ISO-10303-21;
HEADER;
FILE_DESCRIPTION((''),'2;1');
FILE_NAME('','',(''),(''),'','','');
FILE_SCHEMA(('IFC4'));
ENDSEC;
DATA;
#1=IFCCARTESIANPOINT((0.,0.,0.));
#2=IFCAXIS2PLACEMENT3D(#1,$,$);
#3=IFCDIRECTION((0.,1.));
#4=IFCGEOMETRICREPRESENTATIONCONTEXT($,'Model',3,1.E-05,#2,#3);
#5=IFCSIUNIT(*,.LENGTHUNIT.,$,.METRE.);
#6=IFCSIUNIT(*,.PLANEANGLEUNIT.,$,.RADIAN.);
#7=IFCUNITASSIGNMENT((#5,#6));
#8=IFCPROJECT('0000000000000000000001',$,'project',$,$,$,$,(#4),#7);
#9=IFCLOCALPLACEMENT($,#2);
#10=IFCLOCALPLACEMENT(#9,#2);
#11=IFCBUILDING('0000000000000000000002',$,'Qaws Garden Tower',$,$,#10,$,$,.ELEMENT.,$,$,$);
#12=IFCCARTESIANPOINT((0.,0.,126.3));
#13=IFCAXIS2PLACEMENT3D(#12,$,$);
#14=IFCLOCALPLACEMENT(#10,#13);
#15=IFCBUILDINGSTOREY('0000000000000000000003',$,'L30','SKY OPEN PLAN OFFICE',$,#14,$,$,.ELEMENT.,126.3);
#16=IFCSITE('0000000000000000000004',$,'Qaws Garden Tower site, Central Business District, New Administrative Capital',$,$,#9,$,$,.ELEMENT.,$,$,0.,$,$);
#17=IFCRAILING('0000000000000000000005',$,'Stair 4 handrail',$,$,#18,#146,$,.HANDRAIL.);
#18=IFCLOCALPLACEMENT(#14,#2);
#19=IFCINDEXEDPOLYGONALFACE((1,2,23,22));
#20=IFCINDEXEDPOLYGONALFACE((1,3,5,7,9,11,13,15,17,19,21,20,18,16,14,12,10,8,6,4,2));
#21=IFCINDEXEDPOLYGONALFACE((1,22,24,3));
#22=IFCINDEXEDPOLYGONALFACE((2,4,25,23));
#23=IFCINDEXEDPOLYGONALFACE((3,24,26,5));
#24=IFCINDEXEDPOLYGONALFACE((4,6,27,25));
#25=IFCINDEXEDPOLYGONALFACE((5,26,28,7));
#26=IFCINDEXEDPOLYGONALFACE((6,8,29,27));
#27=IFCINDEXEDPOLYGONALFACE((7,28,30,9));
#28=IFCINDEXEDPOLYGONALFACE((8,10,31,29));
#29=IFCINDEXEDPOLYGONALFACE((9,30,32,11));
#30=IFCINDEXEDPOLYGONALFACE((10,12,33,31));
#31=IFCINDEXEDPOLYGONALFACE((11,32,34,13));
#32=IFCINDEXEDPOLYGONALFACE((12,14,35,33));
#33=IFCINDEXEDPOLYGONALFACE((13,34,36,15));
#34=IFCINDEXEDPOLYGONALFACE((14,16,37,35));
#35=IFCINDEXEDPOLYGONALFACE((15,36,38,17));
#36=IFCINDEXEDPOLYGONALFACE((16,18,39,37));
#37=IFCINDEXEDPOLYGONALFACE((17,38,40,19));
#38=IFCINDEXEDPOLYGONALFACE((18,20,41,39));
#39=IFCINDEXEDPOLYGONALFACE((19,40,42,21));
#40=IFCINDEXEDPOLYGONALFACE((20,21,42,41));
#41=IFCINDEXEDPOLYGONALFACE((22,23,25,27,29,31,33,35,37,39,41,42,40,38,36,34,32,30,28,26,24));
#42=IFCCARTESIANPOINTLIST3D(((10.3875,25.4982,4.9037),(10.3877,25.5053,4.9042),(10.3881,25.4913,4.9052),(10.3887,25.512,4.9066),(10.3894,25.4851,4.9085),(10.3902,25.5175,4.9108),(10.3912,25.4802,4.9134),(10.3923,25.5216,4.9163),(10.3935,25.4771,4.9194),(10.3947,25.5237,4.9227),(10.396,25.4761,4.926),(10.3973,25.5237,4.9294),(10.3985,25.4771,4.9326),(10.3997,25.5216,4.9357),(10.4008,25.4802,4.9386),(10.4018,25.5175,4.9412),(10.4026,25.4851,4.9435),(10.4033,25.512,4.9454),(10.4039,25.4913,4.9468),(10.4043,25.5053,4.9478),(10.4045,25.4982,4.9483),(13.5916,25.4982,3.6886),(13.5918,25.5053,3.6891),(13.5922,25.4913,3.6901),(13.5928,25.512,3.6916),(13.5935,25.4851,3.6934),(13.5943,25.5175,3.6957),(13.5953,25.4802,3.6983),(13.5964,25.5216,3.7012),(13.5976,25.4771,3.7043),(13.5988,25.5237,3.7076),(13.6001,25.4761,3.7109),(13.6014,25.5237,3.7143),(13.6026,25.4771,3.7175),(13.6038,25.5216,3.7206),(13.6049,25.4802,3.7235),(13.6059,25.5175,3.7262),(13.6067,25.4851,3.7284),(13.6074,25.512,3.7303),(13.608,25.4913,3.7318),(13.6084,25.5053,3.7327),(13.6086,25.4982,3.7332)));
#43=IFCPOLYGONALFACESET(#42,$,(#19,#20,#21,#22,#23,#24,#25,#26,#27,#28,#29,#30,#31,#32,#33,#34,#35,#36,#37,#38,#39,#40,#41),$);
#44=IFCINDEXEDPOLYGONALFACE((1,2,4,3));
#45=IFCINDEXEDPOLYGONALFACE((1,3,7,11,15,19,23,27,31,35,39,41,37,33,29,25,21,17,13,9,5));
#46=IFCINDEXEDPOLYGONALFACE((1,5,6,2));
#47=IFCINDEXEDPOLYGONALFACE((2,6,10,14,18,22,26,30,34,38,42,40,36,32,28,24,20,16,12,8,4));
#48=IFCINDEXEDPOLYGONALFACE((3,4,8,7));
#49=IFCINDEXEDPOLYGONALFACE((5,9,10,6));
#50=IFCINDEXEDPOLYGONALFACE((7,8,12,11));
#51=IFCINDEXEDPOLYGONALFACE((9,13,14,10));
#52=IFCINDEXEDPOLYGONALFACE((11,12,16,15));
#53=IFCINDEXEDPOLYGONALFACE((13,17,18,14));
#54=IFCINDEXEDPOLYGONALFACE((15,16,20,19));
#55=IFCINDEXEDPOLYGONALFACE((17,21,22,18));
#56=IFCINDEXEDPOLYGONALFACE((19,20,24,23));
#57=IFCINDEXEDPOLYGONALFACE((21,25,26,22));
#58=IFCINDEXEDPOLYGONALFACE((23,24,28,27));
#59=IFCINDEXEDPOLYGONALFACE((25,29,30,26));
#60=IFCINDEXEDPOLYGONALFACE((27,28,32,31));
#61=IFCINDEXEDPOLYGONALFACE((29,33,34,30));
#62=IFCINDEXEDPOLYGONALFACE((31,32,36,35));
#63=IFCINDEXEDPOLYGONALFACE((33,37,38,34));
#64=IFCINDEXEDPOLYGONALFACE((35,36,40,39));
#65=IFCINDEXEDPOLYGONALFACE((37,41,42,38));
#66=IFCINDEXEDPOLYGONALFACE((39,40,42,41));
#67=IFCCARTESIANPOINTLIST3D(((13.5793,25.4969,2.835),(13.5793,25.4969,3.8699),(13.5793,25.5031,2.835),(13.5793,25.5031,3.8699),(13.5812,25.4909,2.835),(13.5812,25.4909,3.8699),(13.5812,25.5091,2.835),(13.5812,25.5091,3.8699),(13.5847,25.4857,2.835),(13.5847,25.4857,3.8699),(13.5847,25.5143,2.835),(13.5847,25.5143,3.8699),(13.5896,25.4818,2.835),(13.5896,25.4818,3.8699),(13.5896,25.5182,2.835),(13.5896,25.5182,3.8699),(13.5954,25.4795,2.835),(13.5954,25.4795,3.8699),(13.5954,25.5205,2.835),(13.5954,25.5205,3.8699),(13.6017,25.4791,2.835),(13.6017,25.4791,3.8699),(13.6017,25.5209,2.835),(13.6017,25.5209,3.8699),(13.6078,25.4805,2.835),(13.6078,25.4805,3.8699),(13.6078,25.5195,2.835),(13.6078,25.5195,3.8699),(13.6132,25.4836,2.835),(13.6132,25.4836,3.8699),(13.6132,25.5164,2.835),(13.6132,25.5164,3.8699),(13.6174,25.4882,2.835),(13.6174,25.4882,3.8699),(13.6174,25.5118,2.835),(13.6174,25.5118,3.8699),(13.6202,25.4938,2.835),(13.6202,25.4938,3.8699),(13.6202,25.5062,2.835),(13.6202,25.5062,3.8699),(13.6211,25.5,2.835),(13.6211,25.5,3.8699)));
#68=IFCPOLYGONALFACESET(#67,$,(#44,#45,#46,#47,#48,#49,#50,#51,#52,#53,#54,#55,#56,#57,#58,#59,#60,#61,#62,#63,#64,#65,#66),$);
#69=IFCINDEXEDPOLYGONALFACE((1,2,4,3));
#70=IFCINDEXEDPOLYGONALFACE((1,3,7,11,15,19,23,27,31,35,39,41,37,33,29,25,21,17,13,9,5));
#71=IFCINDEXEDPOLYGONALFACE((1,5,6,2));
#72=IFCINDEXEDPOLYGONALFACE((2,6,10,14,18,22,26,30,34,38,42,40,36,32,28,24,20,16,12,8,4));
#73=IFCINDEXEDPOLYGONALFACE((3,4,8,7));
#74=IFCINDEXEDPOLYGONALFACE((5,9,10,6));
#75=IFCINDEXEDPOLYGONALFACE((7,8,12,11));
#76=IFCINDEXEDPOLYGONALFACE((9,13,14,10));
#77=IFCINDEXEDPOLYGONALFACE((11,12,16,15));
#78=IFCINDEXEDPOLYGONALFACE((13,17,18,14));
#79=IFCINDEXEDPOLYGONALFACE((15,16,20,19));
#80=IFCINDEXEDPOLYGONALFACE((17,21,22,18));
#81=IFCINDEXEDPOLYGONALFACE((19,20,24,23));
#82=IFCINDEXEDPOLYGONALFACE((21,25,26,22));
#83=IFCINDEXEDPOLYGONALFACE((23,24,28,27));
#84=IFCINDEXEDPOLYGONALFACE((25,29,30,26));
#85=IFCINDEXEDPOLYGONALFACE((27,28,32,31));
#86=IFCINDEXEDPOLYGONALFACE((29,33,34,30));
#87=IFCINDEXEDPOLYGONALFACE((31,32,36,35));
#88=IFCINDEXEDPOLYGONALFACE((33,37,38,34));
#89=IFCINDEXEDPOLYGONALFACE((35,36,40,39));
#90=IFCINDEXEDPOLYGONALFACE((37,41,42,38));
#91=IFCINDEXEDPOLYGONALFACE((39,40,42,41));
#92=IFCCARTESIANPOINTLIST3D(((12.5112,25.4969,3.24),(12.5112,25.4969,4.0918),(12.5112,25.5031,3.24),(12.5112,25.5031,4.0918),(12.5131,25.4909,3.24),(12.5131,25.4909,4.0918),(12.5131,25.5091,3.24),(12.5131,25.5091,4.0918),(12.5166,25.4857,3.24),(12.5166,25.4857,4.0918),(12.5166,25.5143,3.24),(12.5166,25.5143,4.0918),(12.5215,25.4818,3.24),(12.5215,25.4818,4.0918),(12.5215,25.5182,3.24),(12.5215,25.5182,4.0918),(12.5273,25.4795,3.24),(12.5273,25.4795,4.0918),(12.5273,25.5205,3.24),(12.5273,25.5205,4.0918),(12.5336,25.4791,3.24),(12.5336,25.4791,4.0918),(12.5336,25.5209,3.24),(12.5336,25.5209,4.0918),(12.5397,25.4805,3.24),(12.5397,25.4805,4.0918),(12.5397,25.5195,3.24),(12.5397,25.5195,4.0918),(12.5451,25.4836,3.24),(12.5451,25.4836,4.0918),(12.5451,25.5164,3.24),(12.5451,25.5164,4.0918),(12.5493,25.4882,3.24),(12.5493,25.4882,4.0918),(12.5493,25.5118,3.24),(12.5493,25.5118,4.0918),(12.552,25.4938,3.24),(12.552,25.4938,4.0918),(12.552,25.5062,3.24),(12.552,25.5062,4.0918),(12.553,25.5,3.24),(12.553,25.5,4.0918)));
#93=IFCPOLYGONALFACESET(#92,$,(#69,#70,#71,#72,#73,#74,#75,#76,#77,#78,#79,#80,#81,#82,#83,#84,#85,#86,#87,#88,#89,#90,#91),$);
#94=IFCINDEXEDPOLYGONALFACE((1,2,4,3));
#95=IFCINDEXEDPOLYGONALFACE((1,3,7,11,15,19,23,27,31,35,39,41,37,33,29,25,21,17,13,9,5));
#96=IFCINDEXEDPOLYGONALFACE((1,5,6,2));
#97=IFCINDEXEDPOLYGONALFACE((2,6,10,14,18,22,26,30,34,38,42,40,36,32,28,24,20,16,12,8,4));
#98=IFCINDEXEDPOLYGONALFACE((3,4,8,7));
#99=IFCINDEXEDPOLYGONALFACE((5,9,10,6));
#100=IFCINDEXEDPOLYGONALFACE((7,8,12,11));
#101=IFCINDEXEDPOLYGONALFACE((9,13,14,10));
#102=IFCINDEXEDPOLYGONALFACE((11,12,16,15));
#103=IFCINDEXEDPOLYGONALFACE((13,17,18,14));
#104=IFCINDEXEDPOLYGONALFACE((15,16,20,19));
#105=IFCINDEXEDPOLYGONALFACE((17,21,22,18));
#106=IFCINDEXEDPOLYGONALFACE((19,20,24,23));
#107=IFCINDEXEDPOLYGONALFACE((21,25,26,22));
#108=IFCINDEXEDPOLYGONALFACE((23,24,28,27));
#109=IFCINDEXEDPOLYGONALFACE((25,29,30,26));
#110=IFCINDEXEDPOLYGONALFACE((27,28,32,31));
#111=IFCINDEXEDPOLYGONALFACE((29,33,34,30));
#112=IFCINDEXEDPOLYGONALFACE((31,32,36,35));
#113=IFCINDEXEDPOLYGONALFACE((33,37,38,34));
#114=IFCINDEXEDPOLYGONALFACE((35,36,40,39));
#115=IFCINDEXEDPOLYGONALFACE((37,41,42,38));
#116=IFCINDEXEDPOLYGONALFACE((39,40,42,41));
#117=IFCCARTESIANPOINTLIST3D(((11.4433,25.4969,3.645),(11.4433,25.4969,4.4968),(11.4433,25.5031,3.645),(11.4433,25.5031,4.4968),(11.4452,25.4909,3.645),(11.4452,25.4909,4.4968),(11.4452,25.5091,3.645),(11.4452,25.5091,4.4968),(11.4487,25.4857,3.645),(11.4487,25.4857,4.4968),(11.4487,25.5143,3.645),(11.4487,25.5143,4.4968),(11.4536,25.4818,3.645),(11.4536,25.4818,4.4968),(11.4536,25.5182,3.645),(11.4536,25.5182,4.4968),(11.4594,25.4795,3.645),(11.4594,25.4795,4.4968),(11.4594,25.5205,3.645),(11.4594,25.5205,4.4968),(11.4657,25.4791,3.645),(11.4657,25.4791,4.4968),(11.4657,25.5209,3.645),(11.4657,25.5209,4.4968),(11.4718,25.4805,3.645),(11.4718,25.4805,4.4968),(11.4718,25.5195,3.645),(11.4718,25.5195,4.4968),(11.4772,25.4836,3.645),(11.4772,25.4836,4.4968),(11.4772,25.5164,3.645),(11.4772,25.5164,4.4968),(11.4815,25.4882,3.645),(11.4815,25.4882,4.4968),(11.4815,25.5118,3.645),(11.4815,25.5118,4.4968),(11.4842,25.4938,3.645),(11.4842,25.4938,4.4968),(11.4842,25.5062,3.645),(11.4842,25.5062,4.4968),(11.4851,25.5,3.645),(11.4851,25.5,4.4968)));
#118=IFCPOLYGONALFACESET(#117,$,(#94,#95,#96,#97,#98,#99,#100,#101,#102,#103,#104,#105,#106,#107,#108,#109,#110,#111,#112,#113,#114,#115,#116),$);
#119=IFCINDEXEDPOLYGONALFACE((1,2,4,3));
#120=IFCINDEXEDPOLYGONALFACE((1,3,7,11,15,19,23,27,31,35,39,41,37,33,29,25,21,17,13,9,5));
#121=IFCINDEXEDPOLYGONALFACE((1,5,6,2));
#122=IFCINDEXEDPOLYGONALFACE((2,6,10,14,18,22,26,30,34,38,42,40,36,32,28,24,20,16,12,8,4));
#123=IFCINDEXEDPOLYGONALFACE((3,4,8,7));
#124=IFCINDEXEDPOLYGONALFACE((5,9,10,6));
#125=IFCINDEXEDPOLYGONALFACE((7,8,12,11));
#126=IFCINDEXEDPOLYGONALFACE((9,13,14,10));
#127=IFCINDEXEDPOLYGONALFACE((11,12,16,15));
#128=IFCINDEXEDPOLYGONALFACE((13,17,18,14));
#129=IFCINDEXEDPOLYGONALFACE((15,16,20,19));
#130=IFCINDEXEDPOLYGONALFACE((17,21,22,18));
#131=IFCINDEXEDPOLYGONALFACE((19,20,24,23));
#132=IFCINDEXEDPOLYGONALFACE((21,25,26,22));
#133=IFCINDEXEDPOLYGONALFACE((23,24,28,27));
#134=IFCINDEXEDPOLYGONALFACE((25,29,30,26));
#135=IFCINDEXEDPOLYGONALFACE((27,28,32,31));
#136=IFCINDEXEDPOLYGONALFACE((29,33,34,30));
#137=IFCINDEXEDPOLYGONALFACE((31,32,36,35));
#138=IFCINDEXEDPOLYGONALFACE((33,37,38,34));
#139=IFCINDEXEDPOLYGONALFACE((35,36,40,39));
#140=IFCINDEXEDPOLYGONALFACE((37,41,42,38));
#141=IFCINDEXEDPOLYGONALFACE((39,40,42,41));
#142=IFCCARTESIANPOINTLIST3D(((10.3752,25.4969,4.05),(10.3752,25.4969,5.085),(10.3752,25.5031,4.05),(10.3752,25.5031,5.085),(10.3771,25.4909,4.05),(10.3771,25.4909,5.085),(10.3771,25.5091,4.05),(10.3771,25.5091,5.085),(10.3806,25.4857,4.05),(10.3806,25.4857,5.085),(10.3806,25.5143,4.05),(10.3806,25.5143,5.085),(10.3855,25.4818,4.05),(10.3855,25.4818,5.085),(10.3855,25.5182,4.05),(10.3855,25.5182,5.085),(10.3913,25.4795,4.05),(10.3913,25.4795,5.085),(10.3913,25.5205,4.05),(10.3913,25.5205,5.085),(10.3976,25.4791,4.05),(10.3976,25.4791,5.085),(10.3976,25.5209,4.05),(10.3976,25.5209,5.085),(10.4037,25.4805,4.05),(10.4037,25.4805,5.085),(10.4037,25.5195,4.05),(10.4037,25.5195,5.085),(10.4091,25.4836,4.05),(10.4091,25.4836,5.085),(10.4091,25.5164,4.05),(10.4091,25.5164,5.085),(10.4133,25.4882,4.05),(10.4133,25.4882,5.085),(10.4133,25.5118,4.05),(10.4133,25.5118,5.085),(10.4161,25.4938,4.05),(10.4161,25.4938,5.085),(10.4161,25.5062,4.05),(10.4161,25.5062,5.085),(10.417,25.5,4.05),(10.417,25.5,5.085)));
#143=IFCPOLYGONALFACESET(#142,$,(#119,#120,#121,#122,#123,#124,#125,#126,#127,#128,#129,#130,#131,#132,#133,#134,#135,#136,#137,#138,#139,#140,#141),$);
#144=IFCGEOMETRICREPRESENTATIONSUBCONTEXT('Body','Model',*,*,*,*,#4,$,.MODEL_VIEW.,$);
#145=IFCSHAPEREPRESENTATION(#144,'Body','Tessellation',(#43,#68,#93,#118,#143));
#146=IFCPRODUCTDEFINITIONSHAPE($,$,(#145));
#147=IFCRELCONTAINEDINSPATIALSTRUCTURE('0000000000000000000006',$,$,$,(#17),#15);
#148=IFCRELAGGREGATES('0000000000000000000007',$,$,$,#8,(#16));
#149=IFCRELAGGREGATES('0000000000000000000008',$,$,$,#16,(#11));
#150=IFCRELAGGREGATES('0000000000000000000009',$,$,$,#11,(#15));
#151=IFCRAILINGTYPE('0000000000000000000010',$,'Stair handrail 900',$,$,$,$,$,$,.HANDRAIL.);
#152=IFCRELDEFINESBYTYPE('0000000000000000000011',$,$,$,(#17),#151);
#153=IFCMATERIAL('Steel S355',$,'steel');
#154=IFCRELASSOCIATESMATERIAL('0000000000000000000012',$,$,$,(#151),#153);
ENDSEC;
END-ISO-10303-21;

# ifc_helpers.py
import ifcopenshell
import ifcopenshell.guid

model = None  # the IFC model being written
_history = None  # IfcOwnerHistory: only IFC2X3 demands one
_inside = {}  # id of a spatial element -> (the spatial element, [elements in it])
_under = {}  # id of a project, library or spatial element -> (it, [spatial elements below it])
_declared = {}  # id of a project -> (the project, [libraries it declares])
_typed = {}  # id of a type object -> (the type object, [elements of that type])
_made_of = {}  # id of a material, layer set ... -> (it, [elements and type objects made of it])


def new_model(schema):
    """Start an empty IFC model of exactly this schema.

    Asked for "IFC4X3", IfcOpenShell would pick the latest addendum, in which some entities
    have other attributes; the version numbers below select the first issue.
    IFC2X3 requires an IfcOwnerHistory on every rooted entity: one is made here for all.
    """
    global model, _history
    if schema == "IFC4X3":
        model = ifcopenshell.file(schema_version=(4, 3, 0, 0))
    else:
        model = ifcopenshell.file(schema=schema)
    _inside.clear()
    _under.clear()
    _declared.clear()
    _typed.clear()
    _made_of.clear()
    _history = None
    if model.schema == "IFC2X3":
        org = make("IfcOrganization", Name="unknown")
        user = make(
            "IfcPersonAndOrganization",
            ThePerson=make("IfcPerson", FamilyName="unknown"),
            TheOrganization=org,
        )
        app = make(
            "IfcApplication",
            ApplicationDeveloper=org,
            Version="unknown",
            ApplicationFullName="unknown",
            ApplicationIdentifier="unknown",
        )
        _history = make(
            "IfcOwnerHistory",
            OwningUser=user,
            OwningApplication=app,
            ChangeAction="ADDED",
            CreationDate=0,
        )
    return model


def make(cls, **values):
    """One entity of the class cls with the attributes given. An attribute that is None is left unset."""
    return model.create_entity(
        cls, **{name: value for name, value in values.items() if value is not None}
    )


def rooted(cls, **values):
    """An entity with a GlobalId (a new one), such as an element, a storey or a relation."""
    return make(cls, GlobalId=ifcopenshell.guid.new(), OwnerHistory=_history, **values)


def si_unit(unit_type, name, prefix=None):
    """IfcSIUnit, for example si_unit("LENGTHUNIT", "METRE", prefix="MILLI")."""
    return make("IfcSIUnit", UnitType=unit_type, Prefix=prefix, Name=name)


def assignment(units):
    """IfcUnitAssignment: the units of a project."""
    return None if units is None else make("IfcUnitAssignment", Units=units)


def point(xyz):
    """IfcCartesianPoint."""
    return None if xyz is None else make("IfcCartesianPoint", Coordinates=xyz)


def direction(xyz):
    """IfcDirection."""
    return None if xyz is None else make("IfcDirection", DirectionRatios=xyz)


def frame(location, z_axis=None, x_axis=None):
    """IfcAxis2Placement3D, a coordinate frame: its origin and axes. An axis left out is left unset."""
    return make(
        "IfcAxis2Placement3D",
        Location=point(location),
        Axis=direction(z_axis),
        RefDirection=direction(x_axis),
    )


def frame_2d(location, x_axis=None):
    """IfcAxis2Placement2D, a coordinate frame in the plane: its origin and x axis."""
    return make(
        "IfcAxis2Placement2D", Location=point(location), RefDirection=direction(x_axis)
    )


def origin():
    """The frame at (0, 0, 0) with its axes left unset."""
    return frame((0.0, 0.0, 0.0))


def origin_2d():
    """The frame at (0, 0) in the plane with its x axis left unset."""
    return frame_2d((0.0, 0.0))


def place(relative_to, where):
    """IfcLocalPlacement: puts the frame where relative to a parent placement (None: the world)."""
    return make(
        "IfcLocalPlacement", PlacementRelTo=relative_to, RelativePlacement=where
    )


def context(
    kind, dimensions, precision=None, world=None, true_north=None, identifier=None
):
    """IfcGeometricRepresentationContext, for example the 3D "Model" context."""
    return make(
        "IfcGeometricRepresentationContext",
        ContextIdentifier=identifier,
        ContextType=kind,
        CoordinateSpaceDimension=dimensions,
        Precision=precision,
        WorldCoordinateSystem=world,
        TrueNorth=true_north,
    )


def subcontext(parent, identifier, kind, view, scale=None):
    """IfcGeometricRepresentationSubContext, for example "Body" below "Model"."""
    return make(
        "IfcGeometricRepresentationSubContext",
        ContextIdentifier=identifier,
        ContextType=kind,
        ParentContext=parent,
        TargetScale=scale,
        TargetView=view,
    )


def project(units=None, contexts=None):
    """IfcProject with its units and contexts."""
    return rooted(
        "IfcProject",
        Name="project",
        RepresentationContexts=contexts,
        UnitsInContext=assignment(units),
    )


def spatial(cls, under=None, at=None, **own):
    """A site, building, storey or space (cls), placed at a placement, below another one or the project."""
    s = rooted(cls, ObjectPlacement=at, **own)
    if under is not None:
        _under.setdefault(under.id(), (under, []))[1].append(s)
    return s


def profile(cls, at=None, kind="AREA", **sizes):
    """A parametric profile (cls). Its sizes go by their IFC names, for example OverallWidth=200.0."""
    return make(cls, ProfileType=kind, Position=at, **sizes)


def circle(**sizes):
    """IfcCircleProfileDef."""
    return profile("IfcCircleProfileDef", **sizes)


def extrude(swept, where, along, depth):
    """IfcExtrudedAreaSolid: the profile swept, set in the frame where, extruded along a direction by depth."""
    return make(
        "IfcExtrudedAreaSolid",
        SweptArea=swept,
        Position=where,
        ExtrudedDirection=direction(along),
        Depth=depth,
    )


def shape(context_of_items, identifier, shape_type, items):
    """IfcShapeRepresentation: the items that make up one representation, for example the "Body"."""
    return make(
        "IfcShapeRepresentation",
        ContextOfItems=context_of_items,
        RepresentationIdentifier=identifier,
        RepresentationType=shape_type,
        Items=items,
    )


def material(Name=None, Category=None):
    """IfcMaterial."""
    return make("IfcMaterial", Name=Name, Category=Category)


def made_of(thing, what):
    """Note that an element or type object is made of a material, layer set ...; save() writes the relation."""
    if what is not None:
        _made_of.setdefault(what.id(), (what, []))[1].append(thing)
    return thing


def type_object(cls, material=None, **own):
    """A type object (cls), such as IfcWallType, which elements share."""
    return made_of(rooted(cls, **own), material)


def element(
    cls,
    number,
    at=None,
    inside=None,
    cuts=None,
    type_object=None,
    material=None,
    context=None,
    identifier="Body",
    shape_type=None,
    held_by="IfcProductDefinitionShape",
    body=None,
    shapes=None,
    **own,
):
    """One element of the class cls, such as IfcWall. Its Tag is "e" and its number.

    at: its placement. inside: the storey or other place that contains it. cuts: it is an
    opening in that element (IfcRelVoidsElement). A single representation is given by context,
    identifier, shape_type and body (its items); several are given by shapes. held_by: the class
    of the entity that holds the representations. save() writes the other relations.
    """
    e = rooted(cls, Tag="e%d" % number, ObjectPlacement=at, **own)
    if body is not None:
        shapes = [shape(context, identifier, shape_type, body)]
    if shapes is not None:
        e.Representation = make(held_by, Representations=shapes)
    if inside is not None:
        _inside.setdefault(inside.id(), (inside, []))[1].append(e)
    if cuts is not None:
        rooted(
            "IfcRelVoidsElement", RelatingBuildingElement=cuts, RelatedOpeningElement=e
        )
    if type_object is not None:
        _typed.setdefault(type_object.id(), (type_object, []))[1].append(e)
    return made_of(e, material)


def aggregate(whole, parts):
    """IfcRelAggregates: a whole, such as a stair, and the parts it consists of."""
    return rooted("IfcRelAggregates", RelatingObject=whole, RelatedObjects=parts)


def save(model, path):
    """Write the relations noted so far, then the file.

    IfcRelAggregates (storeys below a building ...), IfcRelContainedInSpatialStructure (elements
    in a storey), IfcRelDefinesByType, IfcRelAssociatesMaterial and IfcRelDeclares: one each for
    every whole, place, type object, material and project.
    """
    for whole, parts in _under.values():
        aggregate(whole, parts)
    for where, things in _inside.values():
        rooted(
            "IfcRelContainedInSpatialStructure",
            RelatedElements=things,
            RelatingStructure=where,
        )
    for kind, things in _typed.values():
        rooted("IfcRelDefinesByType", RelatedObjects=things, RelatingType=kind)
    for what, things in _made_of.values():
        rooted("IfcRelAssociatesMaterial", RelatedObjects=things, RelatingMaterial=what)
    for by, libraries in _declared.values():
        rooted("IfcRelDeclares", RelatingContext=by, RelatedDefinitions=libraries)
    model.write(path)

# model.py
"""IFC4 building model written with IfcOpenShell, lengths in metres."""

from ifc_helpers import new_model, si_unit, direction, frame, origin, origin_2d, place, context, subcontext, project, spatial, circle, extrude, material, type_object, element, save


model = new_model("IFC4")

# Units and contexts
model_context = context("Model", 3, precision=1e-05, world=origin(), true_north=direction((0.0, 1.0)))
body_context = subcontext(model_context, "Body", "Model", "MODEL_VIEW")
ifc_project = project(units=[si_unit("LENGTHUNIT", "METRE"), si_unit("PLANEANGLEUNIT", "RADIAN")], contexts=[model_context])

# Site, building, storey
site_placement = place(None, origin())
site = spatial("IfcSite", under=ifc_project, at=site_placement, Name="Qaws Garden Tower site, Central Business District, New Administrative Capital", CompositionType="ELEMENT", RefElevation=0.0)
building_placement = place(site_placement, origin())
building = spatial("IfcBuilding", under=site, at=building_placement, Name="Qaws Garden Tower", CompositionType="ELEMENT")
storey_placement = place(building_placement, frame((0.0, 0.0, 126.3)))
storey = spatial("IfcBuildingStorey", under=building, at=storey_placement, Name="L30", Description="SKY OPEN PLAN OFFICE", CompositionType="ELEMENT", Elevation=126.3)

# Railing
ifc_material_1 = material(Name="Steel S355", Category="steel")
railing_type = type_object("IfcRailingType", Name="Stair handrail 900", PredefinedType="HANDRAIL", material=ifc_material_1)
railing_1_placement = place(storey_placement, frame((13.6001, 25.5, 2.835)))
element("IfcRailing", 1, at=railing_1_placement, inside=storey, type_object=railing_type, Name="Stair 4 handrail", PredefinedType="HANDRAIL", context=body_context, shape_type="SweptSolid", body=[
    extrude(circle(Radius=0.0239, at=origin_2d()), frame((0.0, 0.0, 0.876), z_axis=(-0.935023, 0.0, 0.354588), x_axis=(0.0, -1.0, 0.0)), (0.0, 0.0, 1.0), 3.4268),
    extrude(circle(Radius=0.021, at=origin_2d()), origin(), (0.0, 0.0, 1.0), 1.0349),
    extrude(circle(Radius=0.021, at=origin_2d()), frame((-1.0681, 0.0, 0.405)), (0.0, 0.0, 1.0), 0.8518),
    extrude(circle(Radius=0.021, at=origin_2d()), frame((-2.136, 0.0, 0.8101)), (0.0, 0.0, 1.0), 0.8518),
    extrude(circle(Radius=0.021, at=origin_2d()), frame((-3.2041, 0.0, 1.2151)), (0.0, 0.0, 1.0), 1.0349),
])

save(model, "model.ifc")
